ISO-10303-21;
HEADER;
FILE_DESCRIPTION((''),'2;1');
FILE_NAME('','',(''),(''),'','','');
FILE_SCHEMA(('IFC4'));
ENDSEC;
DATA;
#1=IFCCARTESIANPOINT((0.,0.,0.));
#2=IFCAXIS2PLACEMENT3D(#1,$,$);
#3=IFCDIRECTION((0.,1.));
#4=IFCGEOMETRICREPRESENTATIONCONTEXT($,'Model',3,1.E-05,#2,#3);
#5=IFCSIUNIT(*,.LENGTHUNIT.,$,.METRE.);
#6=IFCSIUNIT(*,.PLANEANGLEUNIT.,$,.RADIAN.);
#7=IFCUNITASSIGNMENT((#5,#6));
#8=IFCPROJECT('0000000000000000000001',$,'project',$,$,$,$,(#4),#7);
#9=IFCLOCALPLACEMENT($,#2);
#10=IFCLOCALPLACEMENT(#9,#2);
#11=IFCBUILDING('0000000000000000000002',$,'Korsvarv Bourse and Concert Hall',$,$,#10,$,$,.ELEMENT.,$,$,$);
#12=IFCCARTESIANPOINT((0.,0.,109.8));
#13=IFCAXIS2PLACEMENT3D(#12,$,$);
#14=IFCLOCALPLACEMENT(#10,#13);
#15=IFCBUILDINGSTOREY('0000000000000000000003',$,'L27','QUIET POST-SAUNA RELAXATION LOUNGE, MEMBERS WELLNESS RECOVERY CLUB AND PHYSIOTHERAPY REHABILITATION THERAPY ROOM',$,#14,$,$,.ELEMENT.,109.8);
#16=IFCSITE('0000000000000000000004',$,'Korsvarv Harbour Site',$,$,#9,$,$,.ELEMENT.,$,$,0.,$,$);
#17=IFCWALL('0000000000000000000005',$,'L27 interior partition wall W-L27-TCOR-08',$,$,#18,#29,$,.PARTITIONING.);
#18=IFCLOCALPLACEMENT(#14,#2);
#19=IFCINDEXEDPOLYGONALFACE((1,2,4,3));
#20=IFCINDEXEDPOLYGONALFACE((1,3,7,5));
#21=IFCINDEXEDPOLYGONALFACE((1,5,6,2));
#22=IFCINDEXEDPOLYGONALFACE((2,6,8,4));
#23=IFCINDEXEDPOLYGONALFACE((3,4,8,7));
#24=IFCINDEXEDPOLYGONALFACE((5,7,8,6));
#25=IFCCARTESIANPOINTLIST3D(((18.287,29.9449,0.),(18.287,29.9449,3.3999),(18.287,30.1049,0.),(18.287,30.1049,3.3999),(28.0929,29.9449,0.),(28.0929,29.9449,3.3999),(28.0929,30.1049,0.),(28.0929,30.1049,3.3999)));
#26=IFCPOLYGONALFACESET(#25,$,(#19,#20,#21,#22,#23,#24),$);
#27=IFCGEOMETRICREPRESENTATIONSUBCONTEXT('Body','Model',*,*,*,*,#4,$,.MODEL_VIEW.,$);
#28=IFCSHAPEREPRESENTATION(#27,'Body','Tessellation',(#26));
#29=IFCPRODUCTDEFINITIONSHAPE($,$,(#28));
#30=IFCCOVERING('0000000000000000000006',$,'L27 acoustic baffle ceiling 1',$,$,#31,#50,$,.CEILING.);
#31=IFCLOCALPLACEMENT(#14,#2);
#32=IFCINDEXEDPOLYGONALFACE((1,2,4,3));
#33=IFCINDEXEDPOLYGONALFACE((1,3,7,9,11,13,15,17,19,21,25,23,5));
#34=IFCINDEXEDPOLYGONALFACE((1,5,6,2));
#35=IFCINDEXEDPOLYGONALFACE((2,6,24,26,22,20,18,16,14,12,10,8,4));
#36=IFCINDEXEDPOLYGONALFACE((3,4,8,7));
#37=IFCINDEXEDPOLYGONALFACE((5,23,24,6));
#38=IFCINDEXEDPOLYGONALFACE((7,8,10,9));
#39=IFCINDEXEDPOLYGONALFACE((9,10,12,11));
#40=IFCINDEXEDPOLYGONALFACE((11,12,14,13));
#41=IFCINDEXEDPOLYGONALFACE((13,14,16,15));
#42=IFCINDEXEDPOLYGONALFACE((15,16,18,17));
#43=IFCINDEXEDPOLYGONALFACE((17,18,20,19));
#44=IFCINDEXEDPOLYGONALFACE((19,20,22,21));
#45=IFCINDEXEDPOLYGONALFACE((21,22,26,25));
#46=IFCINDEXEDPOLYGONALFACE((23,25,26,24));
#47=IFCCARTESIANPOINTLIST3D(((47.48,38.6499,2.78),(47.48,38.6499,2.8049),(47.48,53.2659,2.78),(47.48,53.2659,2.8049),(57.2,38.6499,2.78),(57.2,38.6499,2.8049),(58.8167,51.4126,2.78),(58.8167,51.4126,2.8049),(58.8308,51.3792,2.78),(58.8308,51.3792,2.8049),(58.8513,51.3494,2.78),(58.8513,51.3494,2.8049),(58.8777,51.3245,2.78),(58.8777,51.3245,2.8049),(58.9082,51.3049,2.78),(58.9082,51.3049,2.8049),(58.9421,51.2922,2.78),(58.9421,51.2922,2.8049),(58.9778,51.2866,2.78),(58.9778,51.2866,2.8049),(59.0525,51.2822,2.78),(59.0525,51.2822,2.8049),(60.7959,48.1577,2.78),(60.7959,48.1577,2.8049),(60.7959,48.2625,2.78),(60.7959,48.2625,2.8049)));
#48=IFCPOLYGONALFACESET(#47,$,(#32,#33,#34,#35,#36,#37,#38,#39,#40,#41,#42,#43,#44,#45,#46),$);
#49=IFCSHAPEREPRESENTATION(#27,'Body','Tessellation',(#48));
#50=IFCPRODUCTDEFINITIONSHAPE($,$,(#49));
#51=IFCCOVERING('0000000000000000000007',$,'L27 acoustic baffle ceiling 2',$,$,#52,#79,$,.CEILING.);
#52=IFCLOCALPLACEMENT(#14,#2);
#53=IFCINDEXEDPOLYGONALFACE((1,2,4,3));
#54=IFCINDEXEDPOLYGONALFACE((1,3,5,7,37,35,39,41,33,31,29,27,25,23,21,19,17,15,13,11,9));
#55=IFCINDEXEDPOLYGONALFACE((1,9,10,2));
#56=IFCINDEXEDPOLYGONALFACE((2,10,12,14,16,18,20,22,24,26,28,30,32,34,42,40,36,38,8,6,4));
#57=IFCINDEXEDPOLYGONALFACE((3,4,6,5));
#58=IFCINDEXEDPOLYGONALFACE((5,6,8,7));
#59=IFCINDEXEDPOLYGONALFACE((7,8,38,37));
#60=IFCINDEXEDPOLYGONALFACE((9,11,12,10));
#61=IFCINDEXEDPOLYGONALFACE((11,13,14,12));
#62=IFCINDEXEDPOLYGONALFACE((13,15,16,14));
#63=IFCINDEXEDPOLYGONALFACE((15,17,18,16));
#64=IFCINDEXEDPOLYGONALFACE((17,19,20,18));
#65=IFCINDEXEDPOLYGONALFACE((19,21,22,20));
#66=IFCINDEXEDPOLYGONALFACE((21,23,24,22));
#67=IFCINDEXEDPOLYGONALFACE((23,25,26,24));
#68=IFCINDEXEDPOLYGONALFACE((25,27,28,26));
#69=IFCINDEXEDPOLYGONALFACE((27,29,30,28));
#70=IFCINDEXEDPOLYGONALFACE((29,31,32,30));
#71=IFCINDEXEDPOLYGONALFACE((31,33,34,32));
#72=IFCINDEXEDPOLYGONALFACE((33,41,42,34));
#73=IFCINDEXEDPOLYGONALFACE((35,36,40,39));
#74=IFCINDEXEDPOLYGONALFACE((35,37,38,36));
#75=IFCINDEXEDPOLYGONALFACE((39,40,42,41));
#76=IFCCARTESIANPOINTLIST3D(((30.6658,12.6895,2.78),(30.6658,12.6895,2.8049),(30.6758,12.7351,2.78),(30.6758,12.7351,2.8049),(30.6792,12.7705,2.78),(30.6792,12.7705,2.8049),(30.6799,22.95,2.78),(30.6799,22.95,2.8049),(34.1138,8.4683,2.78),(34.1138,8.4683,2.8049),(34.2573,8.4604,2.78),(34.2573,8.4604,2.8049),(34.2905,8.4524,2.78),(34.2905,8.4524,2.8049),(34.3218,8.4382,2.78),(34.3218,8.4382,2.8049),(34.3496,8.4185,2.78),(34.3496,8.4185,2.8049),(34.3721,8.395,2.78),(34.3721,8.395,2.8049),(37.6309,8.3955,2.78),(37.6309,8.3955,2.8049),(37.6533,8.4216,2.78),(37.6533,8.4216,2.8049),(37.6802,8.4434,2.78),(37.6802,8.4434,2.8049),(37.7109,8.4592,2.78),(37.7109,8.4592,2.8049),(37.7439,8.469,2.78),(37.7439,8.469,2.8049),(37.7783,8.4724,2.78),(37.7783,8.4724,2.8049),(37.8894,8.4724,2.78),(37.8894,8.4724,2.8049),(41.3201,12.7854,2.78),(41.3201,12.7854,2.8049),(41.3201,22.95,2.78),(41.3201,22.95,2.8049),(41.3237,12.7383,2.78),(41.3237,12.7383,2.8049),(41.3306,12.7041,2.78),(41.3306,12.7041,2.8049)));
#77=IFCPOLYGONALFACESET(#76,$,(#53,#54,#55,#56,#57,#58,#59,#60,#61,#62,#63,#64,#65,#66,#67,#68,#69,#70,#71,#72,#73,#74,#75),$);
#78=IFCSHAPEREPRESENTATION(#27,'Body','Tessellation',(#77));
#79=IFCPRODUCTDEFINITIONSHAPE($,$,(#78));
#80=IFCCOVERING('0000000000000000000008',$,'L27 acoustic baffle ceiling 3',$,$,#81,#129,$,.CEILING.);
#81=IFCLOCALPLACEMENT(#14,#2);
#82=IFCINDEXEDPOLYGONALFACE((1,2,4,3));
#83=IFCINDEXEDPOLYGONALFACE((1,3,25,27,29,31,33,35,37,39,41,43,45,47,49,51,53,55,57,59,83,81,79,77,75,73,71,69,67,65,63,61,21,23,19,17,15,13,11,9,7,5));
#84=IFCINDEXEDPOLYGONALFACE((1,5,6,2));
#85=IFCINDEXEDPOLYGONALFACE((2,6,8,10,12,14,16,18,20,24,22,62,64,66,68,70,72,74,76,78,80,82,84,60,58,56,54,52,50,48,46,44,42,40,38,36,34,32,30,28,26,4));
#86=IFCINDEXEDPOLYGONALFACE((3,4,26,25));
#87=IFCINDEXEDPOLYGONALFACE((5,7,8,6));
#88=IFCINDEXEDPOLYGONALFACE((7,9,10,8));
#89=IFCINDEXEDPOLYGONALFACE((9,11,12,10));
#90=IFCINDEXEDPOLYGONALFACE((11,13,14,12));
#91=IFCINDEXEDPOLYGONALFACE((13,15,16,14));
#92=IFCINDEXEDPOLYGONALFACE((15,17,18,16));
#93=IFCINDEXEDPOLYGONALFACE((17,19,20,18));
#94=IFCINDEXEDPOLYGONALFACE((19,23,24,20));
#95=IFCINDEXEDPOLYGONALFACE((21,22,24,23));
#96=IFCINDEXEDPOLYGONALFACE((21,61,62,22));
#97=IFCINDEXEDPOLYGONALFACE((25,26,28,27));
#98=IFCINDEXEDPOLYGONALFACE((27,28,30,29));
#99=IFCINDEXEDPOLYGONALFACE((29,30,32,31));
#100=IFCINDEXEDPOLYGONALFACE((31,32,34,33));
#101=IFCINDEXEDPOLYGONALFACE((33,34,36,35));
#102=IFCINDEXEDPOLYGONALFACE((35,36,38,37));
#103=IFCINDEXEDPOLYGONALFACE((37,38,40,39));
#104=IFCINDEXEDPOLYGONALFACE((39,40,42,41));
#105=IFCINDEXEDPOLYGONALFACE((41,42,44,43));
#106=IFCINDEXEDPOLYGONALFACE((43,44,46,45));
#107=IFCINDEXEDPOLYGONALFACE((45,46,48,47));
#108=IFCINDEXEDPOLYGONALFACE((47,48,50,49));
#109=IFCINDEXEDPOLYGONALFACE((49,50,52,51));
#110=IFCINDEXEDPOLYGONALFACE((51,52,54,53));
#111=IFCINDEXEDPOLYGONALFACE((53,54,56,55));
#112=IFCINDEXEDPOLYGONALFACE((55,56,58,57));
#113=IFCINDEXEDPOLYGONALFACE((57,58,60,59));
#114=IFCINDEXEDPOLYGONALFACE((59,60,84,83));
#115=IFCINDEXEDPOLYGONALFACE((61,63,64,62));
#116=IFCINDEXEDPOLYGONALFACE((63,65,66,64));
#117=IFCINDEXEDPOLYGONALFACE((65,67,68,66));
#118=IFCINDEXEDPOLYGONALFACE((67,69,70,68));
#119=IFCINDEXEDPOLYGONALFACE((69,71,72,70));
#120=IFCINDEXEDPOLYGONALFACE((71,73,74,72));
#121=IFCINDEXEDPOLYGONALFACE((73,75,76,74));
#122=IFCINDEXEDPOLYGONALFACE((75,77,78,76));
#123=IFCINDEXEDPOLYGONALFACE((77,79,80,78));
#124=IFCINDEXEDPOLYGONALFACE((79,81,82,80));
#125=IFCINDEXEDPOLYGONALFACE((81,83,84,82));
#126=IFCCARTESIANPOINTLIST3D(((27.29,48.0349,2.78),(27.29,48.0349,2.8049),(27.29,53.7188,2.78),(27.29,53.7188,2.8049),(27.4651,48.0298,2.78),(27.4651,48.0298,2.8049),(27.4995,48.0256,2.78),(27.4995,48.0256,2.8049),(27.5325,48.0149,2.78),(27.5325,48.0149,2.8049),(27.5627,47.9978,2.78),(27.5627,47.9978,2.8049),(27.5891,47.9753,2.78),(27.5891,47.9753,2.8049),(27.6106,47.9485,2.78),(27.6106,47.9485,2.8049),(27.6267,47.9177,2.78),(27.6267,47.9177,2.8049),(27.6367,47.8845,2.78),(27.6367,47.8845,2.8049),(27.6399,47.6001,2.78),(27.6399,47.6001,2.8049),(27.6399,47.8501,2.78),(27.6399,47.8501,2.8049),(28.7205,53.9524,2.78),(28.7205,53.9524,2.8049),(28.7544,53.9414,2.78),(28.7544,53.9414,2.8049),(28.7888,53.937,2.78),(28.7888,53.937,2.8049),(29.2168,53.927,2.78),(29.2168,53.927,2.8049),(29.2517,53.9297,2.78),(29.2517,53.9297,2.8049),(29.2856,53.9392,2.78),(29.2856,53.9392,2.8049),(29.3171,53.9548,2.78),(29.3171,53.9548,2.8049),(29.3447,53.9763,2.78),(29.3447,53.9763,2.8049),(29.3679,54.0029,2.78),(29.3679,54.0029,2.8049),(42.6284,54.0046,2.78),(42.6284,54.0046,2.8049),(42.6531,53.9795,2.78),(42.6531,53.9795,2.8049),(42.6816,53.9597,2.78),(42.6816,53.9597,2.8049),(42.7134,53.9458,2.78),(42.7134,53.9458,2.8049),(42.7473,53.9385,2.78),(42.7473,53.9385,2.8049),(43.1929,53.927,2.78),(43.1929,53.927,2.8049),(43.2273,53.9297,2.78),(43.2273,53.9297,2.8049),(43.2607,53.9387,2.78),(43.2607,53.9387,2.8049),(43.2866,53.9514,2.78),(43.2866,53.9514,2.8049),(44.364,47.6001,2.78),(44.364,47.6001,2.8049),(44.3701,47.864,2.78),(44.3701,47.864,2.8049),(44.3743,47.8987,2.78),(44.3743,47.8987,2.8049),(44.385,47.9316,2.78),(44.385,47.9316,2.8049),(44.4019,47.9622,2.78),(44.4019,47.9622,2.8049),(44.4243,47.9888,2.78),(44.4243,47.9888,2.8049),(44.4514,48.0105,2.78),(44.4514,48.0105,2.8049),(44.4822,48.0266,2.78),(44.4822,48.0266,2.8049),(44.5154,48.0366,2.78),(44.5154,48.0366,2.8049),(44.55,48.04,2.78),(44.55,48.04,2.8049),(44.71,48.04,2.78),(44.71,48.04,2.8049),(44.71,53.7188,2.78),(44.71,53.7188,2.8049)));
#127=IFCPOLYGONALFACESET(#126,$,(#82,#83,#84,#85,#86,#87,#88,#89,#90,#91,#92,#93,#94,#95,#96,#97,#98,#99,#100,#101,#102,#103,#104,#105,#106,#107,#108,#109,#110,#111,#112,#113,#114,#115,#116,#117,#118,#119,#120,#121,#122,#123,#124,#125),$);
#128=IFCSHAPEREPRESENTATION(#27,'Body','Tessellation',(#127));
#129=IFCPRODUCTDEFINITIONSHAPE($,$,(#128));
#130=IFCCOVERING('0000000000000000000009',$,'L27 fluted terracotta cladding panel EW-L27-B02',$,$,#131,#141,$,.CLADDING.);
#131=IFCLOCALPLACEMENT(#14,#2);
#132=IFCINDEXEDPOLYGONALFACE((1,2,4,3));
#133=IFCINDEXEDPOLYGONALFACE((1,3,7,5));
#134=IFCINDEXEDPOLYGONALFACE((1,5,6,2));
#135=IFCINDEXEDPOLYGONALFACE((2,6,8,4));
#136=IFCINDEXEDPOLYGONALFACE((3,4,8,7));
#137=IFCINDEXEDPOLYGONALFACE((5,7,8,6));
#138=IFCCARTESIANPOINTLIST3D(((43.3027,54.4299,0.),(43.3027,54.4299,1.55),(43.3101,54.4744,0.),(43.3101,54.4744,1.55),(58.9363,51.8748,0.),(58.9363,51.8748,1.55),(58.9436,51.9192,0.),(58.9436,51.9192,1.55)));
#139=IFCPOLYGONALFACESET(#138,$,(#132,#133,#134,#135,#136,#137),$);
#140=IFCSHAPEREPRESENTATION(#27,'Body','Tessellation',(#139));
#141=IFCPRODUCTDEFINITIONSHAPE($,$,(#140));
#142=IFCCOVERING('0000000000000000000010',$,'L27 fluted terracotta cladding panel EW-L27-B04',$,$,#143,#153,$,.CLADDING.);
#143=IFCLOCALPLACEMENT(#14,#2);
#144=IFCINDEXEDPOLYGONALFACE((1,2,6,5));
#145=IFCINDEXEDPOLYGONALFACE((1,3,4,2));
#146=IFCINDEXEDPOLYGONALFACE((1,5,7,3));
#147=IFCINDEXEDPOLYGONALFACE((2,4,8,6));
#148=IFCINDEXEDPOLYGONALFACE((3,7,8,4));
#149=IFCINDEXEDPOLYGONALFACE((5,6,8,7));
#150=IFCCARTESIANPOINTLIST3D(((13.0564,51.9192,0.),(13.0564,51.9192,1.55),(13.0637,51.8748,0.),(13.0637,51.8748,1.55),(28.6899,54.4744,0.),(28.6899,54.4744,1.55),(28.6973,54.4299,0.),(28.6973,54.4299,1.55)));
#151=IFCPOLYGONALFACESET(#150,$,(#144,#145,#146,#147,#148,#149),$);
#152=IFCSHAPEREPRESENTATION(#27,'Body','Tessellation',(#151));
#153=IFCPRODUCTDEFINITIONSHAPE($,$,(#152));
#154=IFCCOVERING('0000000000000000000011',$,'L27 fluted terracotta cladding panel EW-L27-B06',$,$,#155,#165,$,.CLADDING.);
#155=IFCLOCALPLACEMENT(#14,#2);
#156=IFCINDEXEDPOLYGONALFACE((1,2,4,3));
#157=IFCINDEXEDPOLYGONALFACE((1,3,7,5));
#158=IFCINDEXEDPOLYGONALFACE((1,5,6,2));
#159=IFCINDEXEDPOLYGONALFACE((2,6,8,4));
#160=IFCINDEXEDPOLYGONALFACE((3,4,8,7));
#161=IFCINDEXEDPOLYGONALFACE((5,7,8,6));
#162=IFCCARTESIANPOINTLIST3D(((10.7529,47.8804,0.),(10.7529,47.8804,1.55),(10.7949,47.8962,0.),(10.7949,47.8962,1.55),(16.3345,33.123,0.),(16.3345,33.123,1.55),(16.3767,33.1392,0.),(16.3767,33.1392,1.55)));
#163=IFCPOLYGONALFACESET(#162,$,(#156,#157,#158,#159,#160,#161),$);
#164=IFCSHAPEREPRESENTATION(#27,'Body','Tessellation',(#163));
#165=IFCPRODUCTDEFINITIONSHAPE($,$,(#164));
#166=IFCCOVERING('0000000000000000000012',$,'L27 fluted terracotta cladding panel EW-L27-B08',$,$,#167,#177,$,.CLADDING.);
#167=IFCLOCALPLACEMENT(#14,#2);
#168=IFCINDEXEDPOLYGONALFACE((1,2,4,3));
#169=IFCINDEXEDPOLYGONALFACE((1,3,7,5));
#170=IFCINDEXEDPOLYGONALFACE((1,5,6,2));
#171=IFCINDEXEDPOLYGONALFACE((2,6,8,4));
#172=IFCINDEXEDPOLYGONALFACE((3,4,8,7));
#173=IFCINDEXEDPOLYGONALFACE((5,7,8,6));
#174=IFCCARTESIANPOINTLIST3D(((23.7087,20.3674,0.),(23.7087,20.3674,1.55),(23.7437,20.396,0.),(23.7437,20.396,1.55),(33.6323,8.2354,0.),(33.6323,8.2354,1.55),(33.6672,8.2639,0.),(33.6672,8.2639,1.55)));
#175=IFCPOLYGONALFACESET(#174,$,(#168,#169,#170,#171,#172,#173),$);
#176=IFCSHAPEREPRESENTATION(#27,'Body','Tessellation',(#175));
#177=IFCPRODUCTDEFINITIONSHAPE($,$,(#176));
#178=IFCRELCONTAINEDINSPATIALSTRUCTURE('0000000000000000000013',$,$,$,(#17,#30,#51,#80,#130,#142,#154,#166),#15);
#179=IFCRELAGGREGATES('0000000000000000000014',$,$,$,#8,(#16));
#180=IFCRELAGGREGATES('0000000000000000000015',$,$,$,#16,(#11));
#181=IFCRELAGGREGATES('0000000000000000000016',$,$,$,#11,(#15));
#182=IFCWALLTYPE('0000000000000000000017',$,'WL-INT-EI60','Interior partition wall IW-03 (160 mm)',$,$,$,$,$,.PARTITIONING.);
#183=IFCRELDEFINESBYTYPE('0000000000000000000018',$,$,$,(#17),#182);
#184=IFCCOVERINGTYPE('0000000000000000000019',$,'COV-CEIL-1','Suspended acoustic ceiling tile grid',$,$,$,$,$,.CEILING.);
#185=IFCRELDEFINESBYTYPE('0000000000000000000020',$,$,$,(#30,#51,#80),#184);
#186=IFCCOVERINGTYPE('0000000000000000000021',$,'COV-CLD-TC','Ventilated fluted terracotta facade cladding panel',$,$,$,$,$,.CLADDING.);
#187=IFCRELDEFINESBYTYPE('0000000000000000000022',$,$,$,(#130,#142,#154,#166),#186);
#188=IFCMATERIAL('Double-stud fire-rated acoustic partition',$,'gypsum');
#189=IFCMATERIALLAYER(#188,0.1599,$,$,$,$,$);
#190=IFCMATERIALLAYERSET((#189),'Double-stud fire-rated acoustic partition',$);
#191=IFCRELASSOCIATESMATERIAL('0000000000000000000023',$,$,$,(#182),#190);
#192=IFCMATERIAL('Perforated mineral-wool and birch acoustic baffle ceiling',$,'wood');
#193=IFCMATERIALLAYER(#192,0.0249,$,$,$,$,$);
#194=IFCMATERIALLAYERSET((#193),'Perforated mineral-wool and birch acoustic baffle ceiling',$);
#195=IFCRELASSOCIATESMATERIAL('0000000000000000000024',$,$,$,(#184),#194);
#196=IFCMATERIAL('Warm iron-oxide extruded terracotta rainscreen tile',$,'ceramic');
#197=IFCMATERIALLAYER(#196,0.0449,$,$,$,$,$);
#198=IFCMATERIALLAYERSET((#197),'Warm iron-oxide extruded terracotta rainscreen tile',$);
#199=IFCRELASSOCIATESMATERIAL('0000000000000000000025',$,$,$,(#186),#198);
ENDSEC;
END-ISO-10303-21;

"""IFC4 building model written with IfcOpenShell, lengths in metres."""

from ifc_helpers import new_model, si_unit, direction, frame, frame_2d, origin, place, context, subcontext, project, spatial, polyline, rectangle, outline, extrude, material, layer, layer_set, type_object, element, save


model = new_model("IFC4")

# Units and contexts
model_context = context("Model", 3, precision=1e-05, world=origin(), true_north=direction((0.0, 1.0)))
body_context = subcontext(model_context, "Body", "Model", "MODEL_VIEW")
ifc_project = project(units=[si_unit("LENGTHUNIT", "METRE"), si_unit("PLANEANGLEUNIT", "RADIAN")], contexts=[model_context])

# Site, building, storey
site_placement = place(None, origin())
site = spatial("IfcSite", under=ifc_project, at=site_placement, Name="Korsvarv Harbour Site", CompositionType="ELEMENT", RefElevation=0.0)
building_placement = place(site_placement, origin())
building = spatial("IfcBuilding", under=site, at=building_placement, Name="Korsvarv Bourse and Concert Hall", CompositionType="ELEMENT")
storey_placement = place(building_placement, frame((0.0, 0.0, 109.8)))
storey = spatial("IfcBuildingStorey", under=building, at=storey_placement, Name="L27", Description="QUIET POST-SAUNA RELAXATION LOUNGE, MEMBERS WELLNESS RECOVERY CLUB AND PHYSIOTHERAPY REHABILITATION THERAPY ROOM", CompositionType="ELEMENT", Elevation=109.8)

# Wall
ifc_material_1 = material(Name="Double-stud fire-rated acoustic partition", Category="gypsum")
ifc_layer_1 = layer(ifc_material_1, 0.1599)
ifc_layer_set_1 = layer_set([ifc_layer_1], Name="Double-stud fire-rated acoustic partition")
wall_type = type_object("IfcWallType", Name="WL-INT-EI60", Description="Interior partition wall IW-03 (160 mm)", PredefinedType="PARTITIONING", material=ifc_layer_set_1)
wall_placement = place(storey_placement, frame((18.2871, 30.0249, 0.0), z_axis=(0.0, 0.0, 1.0), x_axis=(1.0, 0.0, 0.0)))
element("IfcWall", 1, at=wall_placement, inside=storey, type_object=wall_type, Name="L27 interior partition wall W-L27-TCOR-08", PredefinedType="PARTITIONING", context=body_context, shape_type="SweptSolid", body=[
    extrude(rectangle(XDim=9.8059, YDim=0.1599, at=frame_2d((4.9028, 0.0))), origin(), (0.0, 0.0, 1.0), 3.3999),
])

# Coverings
ifc_material_2 = material(Name="Perforated mineral-wool and birch acoustic baffle ceiling", Category="wood")
ifc_layer_2 = layer(ifc_material_2, 0.0249)
ifc_layer_set_2 = layer_set([ifc_layer_2], Name="Perforated mineral-wool and birch acoustic baffle ceiling")
covering_type_1 = type_object("IfcCoveringType", Name="COV-CEIL-1", Description="Suspended acoustic ceiling tile grid", PredefinedType="CEILING", material=ifc_layer_set_2)
covering_1_placement = place(storey_placement, frame((0.0, 0.0, 2.78)))
element("IfcCovering", 2, at=covering_1_placement, inside=storey, type_object=covering_type_1, Name="L27 acoustic baffle ceiling 1", PredefinedType="CEILING", context=body_context, shape_type="SweptSolid", body=[
    extrude(outline(polyline([(58.8167, 51.4126), (58.8308, 51.3792), (58.8513, 51.3494), (58.8777, 51.3245), (58.9082, 51.3049), (58.9421, 51.2922), (58.9778, 51.2866), (59.0525, 51.2822), (60.7959, 48.2625), (60.7959, 48.1577), (57.2, 38.6499), (47.48, 38.6499), (47.48, 53.2659), (58.8167, 51.4126)])), origin(), (0.0, 0.0, 1.0), 0.0249),
])
covering_2_placement = place(storey_placement, frame((0.0, 0.0, 2.78)))
element("IfcCovering", 3, at=covering_2_placement, inside=storey, type_object=covering_type_1, Name="L27 acoustic baffle ceiling 2", PredefinedType="CEILING", context=body_context, shape_type="SweptSolid", body=[
    extrude(outline(polyline([(30.6658, 12.6895), (30.6758, 12.7351), (30.6792, 12.7705), (30.6799, 22.95), (41.3201, 22.95), (41.3201, 12.7854), (41.3237, 12.7383), (41.3306, 12.7041), (37.8894, 8.4724), (37.7783, 8.4724), (37.7439, 8.469), (37.7109, 8.4592), (37.6802, 8.4434), (37.6533, 8.4216), (37.6309, 8.3955), (34.3721, 8.395), (34.3496, 8.4185), (34.3218, 8.4382), (34.2905, 8.4524), (34.2573, 8.4604), (34.1138, 8.4683), (30.6658, 12.6895)])), origin(), (0.0, 0.0, 1.0), 0.0249),
])
covering_3_placement = place(storey_placement, frame((0.0, 0.0, 2.78)))
element("IfcCovering", 4, at=covering_3_placement, inside=storey, type_object=covering_type_1, Name="L27 acoustic baffle ceiling 3", PredefinedType="CEILING", context=body_context, shape_type="SweptSolid", body=[
    extrude(outline(polyline([(28.7205, 53.9524), (28.7544, 53.9414), (28.7888, 53.937), (29.2168, 53.927), (29.2517, 53.9297), (29.2856, 53.9392), (29.3171, 53.9548), (29.3447, 53.9763), (29.3679, 54.0029), (42.6284, 54.0046), (42.6531, 53.9795), (42.6816, 53.9597), (42.7134, 53.9458), (42.7473, 53.9385), (43.1929, 53.927), (43.2273, 53.9297), (43.2607, 53.9387), (43.2866, 53.9514), (44.71, 53.7188), (44.71, 48.04), (44.55, 48.04), (44.5154, 48.0366), (44.4822, 48.0266), (44.4514, 48.0105), (44.4243, 47.9888), (44.4019, 47.9622), (44.385, 47.9316), (44.3743, 47.8987), (44.3701, 47.864), (44.364, 47.6001), (27.6399, 47.6001), (27.6399, 47.8501), (27.6367, 47.8845), (27.6267, 47.9177), (27.6106, 47.9485), (27.5891, 47.9753), (27.5627, 47.9978), (27.5325, 48.0149), (27.4995, 48.0256), (27.4651, 48.0298), (27.29, 48.0349), (27.29, 53.7188), (28.7205, 53.9524)])), origin(), (0.0, 0.0, 1.0), 0.0249),
])
ifc_material_3 = material(Name="Warm iron-oxide extruded terracotta rainscreen tile", Category="ceramic")
ifc_layer_3 = layer(ifc_material_3, 0.0449)
ifc_layer_set_3 = layer_set([ifc_layer_3], Name="Warm iron-oxide extruded terracotta rainscreen tile")
covering_type_2 = type_object("IfcCoveringType", Name="COV-CLD-TC", Description="Ventilated fluted terracotta facade cladding panel", PredefinedType="CLADDING", material=ifc_layer_set_3)
covering_4_placement = place(storey_placement, origin())
element("IfcCovering", 5, at=covering_4_placement, inside=storey, type_object=covering_type_2, Name="L27 fluted terracotta cladding panel EW-L27-B02", PredefinedType="CLADDING", context=body_context, shape_type="SweptSolid", body=[
    extrude(outline(polyline([(58.9363, 51.8748), (43.3027, 54.4299), (43.3101, 54.4744), (58.9436, 51.9192), (58.9363, 51.8748)])), origin(), (0.0, 0.0, 1.0), 1.55),
])
covering_5_placement = place(storey_placement, origin())
element("IfcCovering", 6, at=covering_5_placement, inside=storey, type_object=covering_type_2, Name="L27 fluted terracotta cladding panel EW-L27-B04", PredefinedType="CLADDING", context=body_context, shape_type="SweptSolid", body=[
    extrude(outline(polyline([(28.6973, 54.4299), (13.0637, 51.8748), (13.0564, 51.9192), (28.6899, 54.4744), (28.6973, 54.4299)])), origin(), (0.0, 0.0, 1.0), 1.55),
])
covering_6_placement = place(storey_placement, origin())
element("IfcCovering", 7, at=covering_6_placement, inside=storey, type_object=covering_type_2, Name="L27 fluted terracotta cladding panel EW-L27-B06", PredefinedType="CLADDING", context=body_context, shape_type="SweptSolid", body=[
    extrude(outline(polyline([(10.7949, 47.8962), (16.3767, 33.1392), (16.3345, 33.123), (10.7529, 47.8804), (10.7949, 47.8962)])), origin(), (0.0, 0.0, 1.0), 1.55),
])
covering_7_placement = place(storey_placement, origin())
element("IfcCovering", 8, at=covering_7_placement, inside=storey, type_object=covering_type_2, Name="L27 fluted terracotta cladding panel EW-L27-B08", PredefinedType="CLADDING", context=body_context, shape_type="SweptSolid", body=[
    extrude(outline(polyline([(23.7437, 20.396), (33.6672, 8.2639), (33.6323, 8.2354), (23.7087, 20.3674), (23.7437, 20.396)])), origin(), (0.0, 0.0, 1.0), 1.55),
])

save(model, "model.ifc")
